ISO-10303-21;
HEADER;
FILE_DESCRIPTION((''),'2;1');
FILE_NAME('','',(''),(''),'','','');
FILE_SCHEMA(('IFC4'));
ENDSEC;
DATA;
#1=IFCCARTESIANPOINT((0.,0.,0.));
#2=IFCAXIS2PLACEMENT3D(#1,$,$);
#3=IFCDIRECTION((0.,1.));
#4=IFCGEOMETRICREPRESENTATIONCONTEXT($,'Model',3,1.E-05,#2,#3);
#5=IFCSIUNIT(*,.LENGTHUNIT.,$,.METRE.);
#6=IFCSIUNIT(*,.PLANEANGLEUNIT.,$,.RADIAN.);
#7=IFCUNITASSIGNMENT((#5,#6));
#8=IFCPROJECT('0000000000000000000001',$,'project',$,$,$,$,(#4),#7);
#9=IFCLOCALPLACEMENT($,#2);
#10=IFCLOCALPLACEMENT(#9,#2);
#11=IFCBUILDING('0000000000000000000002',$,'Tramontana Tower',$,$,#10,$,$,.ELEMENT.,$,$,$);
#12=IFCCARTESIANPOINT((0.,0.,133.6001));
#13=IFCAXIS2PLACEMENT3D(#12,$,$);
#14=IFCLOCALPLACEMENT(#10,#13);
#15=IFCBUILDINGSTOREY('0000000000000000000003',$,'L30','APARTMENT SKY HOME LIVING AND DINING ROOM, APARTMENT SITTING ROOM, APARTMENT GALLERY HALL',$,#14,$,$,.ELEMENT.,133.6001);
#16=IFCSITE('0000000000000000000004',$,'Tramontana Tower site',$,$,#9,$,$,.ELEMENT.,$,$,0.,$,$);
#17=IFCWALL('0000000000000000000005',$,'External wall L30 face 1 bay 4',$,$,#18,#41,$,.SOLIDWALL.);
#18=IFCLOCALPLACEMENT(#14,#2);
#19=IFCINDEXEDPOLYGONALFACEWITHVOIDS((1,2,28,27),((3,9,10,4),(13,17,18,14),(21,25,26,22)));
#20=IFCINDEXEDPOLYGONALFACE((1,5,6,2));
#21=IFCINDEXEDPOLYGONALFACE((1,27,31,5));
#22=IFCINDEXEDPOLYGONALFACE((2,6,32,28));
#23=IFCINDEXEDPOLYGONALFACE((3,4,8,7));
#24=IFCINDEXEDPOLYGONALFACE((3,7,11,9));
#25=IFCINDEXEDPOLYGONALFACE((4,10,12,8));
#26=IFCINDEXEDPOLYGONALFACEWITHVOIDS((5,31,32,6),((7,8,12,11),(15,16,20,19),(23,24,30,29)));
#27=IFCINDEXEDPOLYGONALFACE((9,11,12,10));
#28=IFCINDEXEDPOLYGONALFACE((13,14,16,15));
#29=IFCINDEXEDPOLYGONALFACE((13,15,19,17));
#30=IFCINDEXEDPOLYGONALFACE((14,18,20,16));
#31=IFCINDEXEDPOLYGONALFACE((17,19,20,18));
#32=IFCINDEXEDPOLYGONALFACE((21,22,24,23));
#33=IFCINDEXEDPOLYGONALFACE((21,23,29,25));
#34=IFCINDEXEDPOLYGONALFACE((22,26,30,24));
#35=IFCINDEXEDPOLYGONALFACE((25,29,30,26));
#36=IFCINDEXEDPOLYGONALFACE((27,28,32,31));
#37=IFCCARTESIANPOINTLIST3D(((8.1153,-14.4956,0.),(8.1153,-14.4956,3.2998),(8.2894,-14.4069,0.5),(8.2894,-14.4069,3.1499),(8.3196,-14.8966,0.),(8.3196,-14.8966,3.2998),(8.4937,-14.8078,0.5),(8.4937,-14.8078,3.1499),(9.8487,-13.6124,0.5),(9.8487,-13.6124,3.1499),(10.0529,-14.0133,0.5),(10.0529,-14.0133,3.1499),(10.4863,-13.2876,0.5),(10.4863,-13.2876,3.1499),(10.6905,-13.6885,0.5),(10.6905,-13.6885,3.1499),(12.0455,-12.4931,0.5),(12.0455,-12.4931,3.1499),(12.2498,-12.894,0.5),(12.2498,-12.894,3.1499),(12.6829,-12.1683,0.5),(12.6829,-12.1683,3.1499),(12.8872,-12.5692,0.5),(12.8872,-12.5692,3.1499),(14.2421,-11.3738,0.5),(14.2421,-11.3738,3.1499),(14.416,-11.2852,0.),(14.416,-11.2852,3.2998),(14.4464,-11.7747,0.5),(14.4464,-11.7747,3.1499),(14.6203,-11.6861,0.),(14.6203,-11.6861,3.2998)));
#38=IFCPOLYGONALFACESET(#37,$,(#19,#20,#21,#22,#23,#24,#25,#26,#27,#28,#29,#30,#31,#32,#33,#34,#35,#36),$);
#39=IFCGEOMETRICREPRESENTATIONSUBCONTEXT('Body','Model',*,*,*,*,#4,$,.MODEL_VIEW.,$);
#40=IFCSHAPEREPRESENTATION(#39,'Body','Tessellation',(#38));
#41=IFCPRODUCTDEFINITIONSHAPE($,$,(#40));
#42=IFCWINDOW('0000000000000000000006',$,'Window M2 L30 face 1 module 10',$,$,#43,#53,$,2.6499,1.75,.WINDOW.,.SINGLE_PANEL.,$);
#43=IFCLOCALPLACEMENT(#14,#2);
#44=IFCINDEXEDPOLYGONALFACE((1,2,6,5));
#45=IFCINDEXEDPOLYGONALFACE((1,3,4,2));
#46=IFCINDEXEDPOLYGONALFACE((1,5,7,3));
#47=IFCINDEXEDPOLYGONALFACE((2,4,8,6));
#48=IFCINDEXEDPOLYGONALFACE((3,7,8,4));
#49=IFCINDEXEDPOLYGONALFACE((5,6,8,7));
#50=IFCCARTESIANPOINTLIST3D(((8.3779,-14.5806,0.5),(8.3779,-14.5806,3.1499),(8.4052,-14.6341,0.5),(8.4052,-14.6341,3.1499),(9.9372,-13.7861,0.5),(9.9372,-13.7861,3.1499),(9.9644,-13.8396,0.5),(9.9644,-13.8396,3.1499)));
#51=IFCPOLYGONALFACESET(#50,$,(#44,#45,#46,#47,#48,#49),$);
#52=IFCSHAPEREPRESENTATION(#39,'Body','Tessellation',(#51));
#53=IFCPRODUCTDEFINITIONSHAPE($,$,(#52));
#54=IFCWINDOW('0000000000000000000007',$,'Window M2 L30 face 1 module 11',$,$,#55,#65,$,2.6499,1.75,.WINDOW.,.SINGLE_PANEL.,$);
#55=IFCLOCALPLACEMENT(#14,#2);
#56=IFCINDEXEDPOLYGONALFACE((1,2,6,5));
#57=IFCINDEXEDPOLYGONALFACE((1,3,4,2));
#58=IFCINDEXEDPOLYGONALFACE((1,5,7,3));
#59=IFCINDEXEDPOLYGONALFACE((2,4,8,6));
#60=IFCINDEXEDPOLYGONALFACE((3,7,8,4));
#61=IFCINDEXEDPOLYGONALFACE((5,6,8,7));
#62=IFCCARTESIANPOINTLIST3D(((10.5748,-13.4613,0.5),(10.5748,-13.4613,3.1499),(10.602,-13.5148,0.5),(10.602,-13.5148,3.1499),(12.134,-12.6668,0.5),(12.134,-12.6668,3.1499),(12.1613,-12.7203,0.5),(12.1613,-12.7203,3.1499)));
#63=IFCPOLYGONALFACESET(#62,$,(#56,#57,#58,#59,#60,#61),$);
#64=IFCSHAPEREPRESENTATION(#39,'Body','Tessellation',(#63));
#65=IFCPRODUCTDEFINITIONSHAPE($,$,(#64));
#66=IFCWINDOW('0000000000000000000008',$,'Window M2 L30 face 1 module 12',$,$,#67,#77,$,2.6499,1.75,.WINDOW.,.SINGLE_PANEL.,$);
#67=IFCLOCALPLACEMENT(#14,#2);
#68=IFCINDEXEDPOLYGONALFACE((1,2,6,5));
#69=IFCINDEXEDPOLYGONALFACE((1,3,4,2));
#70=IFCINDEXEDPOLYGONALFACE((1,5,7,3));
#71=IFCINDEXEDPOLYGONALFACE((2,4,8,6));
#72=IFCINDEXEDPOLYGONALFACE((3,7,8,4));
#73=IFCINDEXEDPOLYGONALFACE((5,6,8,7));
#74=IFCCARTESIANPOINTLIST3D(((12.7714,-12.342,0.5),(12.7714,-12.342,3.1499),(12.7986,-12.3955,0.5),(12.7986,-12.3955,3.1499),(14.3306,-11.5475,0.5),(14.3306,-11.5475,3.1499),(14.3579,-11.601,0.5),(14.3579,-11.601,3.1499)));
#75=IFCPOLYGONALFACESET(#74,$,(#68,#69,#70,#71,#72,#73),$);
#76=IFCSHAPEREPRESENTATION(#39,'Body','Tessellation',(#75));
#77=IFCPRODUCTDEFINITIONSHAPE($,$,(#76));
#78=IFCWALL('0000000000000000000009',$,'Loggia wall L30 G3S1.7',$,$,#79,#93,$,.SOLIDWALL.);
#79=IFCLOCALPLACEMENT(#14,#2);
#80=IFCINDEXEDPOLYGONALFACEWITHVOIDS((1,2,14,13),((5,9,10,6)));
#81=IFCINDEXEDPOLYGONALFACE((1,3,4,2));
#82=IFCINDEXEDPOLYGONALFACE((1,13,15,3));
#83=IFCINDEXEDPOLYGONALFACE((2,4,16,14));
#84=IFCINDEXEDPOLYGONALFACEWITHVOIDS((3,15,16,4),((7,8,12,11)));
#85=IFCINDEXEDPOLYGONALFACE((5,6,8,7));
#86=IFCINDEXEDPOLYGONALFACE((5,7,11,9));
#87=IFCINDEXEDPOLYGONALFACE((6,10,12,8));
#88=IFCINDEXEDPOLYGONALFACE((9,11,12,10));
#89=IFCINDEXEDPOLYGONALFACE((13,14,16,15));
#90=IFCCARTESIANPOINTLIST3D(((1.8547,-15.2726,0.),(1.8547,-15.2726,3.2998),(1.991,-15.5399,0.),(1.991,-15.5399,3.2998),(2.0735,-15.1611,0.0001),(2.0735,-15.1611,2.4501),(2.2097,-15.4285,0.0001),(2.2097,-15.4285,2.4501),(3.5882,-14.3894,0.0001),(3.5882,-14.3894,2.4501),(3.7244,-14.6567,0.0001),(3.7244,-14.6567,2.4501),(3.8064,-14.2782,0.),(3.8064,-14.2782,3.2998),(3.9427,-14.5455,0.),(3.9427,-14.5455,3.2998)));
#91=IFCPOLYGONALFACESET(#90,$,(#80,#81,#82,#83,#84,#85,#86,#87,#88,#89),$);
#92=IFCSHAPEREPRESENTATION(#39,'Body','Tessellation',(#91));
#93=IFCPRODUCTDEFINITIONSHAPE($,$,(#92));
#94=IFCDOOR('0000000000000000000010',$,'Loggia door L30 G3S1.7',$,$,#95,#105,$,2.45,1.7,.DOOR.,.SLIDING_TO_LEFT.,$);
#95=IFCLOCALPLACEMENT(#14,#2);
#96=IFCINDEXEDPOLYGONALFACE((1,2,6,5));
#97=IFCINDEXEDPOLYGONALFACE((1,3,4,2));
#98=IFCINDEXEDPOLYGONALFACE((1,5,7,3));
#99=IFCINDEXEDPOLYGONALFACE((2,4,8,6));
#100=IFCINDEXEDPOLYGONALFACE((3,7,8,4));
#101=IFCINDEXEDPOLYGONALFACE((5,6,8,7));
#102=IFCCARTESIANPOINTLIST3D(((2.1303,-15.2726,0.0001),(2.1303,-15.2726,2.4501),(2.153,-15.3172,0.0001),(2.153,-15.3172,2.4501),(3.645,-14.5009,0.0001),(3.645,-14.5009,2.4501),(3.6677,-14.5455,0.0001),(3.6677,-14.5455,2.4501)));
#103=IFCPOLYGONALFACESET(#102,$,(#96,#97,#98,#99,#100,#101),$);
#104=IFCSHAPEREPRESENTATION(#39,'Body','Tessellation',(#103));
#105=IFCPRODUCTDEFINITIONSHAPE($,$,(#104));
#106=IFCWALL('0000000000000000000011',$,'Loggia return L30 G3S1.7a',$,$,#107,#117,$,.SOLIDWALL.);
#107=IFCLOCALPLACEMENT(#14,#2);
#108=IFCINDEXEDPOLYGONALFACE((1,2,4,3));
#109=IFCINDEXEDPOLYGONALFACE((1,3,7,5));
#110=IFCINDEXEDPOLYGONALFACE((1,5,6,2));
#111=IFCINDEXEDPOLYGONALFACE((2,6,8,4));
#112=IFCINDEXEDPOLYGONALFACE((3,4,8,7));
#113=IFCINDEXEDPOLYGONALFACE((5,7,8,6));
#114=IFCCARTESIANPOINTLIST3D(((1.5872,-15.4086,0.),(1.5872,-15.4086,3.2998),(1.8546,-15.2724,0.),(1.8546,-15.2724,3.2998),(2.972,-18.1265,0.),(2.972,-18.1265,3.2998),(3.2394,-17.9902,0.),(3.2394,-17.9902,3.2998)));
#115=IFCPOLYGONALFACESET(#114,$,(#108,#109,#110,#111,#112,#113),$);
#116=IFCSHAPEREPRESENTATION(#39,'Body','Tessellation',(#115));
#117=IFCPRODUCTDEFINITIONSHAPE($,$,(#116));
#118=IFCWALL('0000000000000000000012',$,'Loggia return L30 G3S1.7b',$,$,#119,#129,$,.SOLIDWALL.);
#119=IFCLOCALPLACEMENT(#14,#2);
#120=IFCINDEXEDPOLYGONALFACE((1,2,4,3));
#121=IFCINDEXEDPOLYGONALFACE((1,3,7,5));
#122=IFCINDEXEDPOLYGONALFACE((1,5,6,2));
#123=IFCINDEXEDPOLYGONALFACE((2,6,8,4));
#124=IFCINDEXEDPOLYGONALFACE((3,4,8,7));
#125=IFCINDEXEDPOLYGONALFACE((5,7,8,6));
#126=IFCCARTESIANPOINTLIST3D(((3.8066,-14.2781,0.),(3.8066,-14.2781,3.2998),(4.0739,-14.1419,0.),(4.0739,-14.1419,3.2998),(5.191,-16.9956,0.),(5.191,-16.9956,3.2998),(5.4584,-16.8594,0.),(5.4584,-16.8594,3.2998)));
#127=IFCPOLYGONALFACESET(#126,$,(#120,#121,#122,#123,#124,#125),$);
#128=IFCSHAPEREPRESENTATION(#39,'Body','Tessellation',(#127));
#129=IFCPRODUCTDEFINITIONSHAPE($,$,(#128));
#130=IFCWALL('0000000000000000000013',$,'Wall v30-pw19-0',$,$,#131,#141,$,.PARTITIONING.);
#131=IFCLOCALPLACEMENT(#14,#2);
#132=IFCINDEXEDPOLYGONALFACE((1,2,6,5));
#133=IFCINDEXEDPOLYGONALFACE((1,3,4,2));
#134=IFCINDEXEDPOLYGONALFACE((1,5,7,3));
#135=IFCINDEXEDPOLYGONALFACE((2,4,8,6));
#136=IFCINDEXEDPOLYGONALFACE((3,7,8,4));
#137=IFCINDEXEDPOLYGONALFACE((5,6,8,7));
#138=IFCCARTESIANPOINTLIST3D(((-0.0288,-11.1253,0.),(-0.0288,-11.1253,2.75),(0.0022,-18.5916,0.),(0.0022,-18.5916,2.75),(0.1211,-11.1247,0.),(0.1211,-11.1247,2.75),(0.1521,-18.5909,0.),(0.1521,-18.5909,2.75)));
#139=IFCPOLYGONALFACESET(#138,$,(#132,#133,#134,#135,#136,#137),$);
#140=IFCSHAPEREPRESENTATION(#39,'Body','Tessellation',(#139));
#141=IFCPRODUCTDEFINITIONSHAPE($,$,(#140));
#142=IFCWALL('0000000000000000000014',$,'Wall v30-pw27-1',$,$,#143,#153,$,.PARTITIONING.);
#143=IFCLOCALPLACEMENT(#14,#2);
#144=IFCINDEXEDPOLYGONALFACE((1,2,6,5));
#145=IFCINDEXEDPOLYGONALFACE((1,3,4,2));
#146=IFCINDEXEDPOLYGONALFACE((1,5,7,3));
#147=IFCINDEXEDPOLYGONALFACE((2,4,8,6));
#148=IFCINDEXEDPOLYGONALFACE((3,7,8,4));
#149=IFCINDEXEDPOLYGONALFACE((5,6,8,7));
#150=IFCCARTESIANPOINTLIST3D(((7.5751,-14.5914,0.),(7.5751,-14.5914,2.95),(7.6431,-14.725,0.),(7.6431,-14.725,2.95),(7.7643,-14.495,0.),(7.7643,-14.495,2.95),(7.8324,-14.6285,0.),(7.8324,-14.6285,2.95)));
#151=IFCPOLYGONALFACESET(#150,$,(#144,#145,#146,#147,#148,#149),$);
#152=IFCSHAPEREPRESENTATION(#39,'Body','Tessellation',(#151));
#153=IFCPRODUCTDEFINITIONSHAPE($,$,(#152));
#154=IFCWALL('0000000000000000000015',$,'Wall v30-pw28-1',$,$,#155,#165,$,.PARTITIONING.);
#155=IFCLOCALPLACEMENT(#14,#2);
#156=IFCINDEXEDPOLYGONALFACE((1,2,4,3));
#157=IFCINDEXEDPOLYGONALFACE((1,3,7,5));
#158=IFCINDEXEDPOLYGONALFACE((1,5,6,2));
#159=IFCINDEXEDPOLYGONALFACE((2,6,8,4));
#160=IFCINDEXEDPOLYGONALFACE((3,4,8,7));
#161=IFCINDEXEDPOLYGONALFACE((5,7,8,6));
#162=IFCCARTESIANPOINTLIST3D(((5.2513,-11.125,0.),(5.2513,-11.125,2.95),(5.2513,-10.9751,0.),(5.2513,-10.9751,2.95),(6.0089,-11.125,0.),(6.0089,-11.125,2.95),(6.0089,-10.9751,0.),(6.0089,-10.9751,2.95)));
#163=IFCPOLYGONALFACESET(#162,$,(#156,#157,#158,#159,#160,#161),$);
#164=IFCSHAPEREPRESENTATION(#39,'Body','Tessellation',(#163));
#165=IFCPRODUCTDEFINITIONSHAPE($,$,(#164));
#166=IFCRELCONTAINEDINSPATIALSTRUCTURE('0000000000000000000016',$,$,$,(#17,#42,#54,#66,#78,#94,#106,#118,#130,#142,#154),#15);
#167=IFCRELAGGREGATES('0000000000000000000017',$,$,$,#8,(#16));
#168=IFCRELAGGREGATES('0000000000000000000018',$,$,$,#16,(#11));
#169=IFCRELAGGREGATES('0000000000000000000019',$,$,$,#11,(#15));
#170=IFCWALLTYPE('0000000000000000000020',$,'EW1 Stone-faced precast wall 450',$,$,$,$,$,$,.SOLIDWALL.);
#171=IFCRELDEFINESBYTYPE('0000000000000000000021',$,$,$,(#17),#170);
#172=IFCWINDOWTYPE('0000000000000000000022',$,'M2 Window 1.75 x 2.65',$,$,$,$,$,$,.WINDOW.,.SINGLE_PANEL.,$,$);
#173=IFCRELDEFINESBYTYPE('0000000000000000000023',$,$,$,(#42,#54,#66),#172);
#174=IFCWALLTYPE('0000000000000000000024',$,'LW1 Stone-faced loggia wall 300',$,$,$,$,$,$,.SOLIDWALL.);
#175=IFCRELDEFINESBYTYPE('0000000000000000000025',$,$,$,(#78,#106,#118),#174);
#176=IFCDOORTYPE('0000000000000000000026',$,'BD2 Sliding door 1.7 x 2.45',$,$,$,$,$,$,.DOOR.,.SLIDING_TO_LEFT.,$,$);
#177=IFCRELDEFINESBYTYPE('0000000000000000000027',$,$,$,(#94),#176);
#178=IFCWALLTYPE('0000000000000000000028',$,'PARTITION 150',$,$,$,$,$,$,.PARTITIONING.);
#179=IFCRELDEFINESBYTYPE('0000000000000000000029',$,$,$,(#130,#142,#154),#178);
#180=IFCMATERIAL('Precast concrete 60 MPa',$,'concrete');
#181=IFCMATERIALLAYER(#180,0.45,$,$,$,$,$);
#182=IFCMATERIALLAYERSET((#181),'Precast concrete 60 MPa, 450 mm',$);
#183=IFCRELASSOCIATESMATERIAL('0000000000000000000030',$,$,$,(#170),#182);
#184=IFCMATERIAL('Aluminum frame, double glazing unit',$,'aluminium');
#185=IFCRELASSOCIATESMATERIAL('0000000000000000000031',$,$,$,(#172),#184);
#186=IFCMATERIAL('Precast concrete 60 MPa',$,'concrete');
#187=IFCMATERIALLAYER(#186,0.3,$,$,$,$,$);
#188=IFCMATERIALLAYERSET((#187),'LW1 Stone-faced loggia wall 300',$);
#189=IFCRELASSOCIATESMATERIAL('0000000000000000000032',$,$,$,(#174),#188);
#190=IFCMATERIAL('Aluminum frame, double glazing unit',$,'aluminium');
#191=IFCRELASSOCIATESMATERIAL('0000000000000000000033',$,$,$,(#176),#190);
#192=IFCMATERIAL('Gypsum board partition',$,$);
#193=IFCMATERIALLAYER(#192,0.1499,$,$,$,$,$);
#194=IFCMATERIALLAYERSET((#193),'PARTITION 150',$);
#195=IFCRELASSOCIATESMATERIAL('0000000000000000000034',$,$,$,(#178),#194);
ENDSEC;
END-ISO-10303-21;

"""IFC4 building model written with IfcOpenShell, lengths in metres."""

from ifc_helpers import new_model, si_unit, direction, frame, frame_2d, origin, place, context, subcontext, project, spatial, rectangle, extrude, material, layer, layer_set, type_object, element, fill, save


model = new_model("IFC4")

# Units and contexts
model_context = context("Model", 3, precision=1e-05, world=origin(), true_north=direction((0.0, 1.0)))
body_context = subcontext(model_context, "Body", "Model", "MODEL_VIEW")
ifc_project = project(units=[si_unit("LENGTHUNIT", "METRE"), si_unit("PLANEANGLEUNIT", "RADIAN")], contexts=[model_context])

# Site, building, storey
site_placement = place(None, origin())
site = spatial("IfcSite", under=ifc_project, at=site_placement, Name="Tramontana Tower site", CompositionType="ELEMENT", RefElevation=0.0)
building_placement = place(site_placement, origin())
building = spatial("IfcBuilding", under=site, at=building_placement, Name="Tramontana Tower", CompositionType="ELEMENT")
storey_placement = place(building_placement, frame((0.0, 0.0, 133.6001)))
storey = spatial("IfcBuildingStorey", under=building, at=storey_placement, Name="L30", Description="APARTMENT SKY HOME LIVING AND DINING ROOM, APARTMENT SITTING ROOM, APARTMENT GALLERY HALL", CompositionType="ELEMENT", Elevation=133.6001)

# Shared definitions
ifc_material_1 = material(Name="Precast concrete 60 MPa", Category="concrete")
ifc_layer_1 = layer(ifc_material_1, 0.45)
ifc_layer_set_1 = layer_set([ifc_layer_1], Name="Precast concrete 60 MPa, 450 mm")
wall_type_1 = type_object("IfcWallType", Name="EW1 Stone-faced precast wall 450", PredefinedType="SOLIDWALL", material=ifc_layer_set_1)
ifc_material_2 = material(Name="Aluminum frame, double glazing unit", Category="aluminium")
window_type = type_object("IfcWindowType", Name="M2 Window 1.75 x 2.65", PartitioningType="SINGLE_PANEL", PredefinedType="WINDOW", material=ifc_material_2)

# Wall, openings, windows
wall_1_placement = place(storey_placement, frame((8.2175, -14.696, 0.0), z_axis=(0.0, 0.0, 1.0), x_axis=(0.891004, 0.453995, 0.0)))
wall_1 = element("IfcWall", 1, at=wall_1_placement, inside=storey, type_object=wall_type_1, Name="External wall L30 face 1 bay 4", PredefinedType="SOLIDWALL", context=body_context, shape_type="SweptSolid", body=[
    extrude(rectangle(XDim=7.0715, YDim=0.45, at=frame_2d((3.5356, 0.0))), origin(), (0.0, 0.0, 1.0), 3.2998),
])
opening_1_placement = place(wall_1_placement, frame((0.1953, 0.0, 0.5)))
opening_1 = element("IfcOpeningElement", 2, at=opening_1_placement, cuts=wall_1, PredefinedType="OPENING", context=body_context, shape_type="SweptSolid", body=[
    extrude(rectangle(XDim=1.75, YDim=2.6499, at=frame_2d((0.875, 1.325))), frame((0.0, 0.2349, 0.0), z_axis=(0.0, -1.0, 0.0), x_axis=(1.0, 0.0, 0.0)), (0.0, 0.0, 1.0), 0.47),
])
opening_2_placement = place(wall_1_placement, frame((2.6609, 0.0, 0.5)))
opening_2 = element("IfcOpeningElement", 3, at=opening_2_placement, cuts=wall_1, PredefinedType="OPENING", context=body_context, shape_type="SweptSolid", body=[
    extrude(rectangle(XDim=1.75, YDim=2.6499, at=frame_2d((0.875, 1.325))), frame((0.0, 0.2349, 0.0), z_axis=(0.0, -1.0, 0.0), x_axis=(1.0, 0.0, 0.0)), (0.0, 0.0, 1.0), 0.47),
])
opening_3_placement = place(wall_1_placement, frame((5.1262, 0.0, 0.5)))
opening_3 = element("IfcOpeningElement", 4, at=opening_3_placement, cuts=wall_1, PredefinedType="OPENING", context=body_context, shape_type="SweptSolid", body=[
    extrude(rectangle(XDim=1.75, YDim=2.6499, at=frame_2d((0.875, 1.325))), frame((0.0, 0.2349, 0.0), z_axis=(0.0, -1.0, 0.0), x_axis=(1.0, 0.0, 0.0)), (0.0, 0.0, 1.0), 0.47),
])
window_1_placement = place(opening_1_placement, origin())
window_1 = element("IfcWindow", 5, at=window_1_placement, inside=storey, type_object=window_type, Name="Window M2 L30 face 1 module 10", OverallHeight=2.6499, OverallWidth=1.75, PartitioningType="SINGLE_PANEL", PredefinedType="WINDOW", context=body_context, shape_type="SweptSolid", body=[
    extrude(rectangle(XDim=1.75, YDim=2.6499, at=frame_2d((0.875, 1.325))), frame((0.0, 0.03, 0.0), z_axis=(0.0, -1.0, 0.0), x_axis=(1.0, 0.0, 0.0)), (0.0, 0.0, 1.0), 0.0601),
])
fill(opening_1, window_1)
window_2_placement = place(opening_2_placement, origin())
window_2 = element("IfcWindow", 6, at=window_2_placement, inside=storey, type_object=window_type, Name="Window M2 L30 face 1 module 11", OverallHeight=2.6499, OverallWidth=1.75, PartitioningType="SINGLE_PANEL", PredefinedType="WINDOW", context=body_context, shape_type="SweptSolid", body=[
    extrude(rectangle(XDim=1.75, YDim=2.6499, at=frame_2d((0.875, 1.325))), frame((0.0, 0.03, 0.0), z_axis=(0.0, -1.0, 0.0), x_axis=(1.0, 0.0, 0.0)), (0.0, 0.0, 1.0), 0.0601),
])
fill(opening_2, window_2)
window_3_placement = place(opening_3_placement, origin())
window_3 = element("IfcWindow", 7, at=window_3_placement, inside=storey, type_object=window_type, Name="Window M2 L30 face 1 module 12", OverallHeight=2.6499, OverallWidth=1.75, PartitioningType="SINGLE_PANEL", PredefinedType="WINDOW", context=body_context, shape_type="SweptSolid", body=[
    extrude(rectangle(XDim=1.75, YDim=2.6499, at=frame_2d((0.875, 1.325))), frame((0.0, 0.03, 0.0), z_axis=(0.0, -1.0, 0.0), x_axis=(1.0, 0.0, 0.0)), (0.0, 0.0, 1.0), 0.0601),
])
fill(opening_3, window_3)

# Wall, opening, door
ifc_material_3 = material(Name="Precast concrete 60 MPa", Category="concrete")
ifc_layer_2 = layer(ifc_material_3, 0.3)
ifc_layer_set_2 = layer_set([ifc_layer_2], Name="LW1 Stone-faced loggia wall 300")
wall_type_2 = type_object("IfcWallType", Name="LW1 Stone-faced loggia wall 300", PredefinedType="SOLIDWALL", material=ifc_layer_set_2)
wall_2_placement = place(storey_placement, frame((1.9229, -15.4062, 0.0), z_axis=(0.0, 0.0, 1.0), x_axis=(0.891013, 0.453978, 0.0)))
wall_2 = element("IfcWall", 8, at=wall_2_placement, inside=storey, type_object=wall_type_2, Name="Loggia wall L30 G3S1.7", PredefinedType="SOLIDWALL", context=body_context, shape_type="SweptSolid", body=[
    extrude(rectangle(XDim=2.1904, YDim=0.3, at=frame_2d((1.0952, 0.0))), origin(), (0.0, 0.0, 1.0), 3.2998),
])
opening_4_placement = place(wall_2_placement, frame((0.2454, 0.0, 0.0)))
opening_4 = element("IfcOpeningElement", 9, at=opening_4_placement, cuts=wall_2, PredefinedType="OPENING", context=body_context, shape_type="SweptSolid", body=[
    extrude(rectangle(XDim=1.7, YDim=2.45, at=frame_2d((0.8501, 1.2251))), frame((0.0, 0.1599, 0.0), z_axis=(0.0, -1.0, 0.0), x_axis=(1.0, 0.0, 0.0)), (0.0, 0.0, 1.0), 0.3201),
])
ifc_material_4 = material(Name="Aluminum frame, double glazing unit", Category="aluminium")
door_type_1 = type_object("IfcDoorType", Name="BD2 Sliding door 1.7 x 2.45", OperationType="SLIDING_TO_LEFT", PredefinedType="DOOR", material=ifc_material_4)
door_1_placement = place(opening_4_placement, origin())
door_1 = element("IfcDoor", 10, at=door_1_placement, inside=storey, type_object=door_type_1, Name="Loggia door L30 G3S1.7", OperationType="SLIDING_TO_LEFT", OverallHeight=2.45, OverallWidth=1.7, PredefinedType="DOOR", context=body_context, shape_type="SweptSolid", body=[
    extrude(rectangle(XDim=1.7, YDim=2.45, at=frame_2d((0.8501, 1.2251))), frame((0.0, 0.0249, 0.0), z_axis=(0.0, -1.0, 0.0), x_axis=(1.0, 0.0, 0.0)), (0.0, 0.0, 1.0), 0.05),
])
fill(opening_4, door_1)

# Walls
wall_3_placement = place(storey_placement, frame((3.1057, -18.0583, 0.0), z_axis=(0.0, 0.0, 1.0), x_axis=(-0.453988, 0.891008, 0.0)))
element("IfcWall", 11, at=wall_3_placement, inside=storey, type_object=wall_type_2, Name="Loggia return L30 G3S1.7a", PredefinedType="SOLIDWALL", context=body_context, shape_type="SweptSolid", body=[
    extrude(rectangle(XDim=3.0503, YDim=0.3, at=frame_2d((1.5251, 0.0))), origin(), (0.0, 0.0, 1.0), 3.2998),
])
wall_4_placement = place(storey_placement, frame((5.3247, -16.9275, 0.0), z_axis=(0.0, 0.0, 1.0), x_axis=(-0.453957, 0.891024, 0.0)))
element("IfcWall", 12, at=wall_4_placement, inside=storey, type_object=wall_type_2, Name="Loggia return L30 G3S1.7b", PredefinedType="SOLIDWALL", context=body_context, shape_type="SweptSolid", body=[
    extrude(rectangle(XDim=3.0498, YDim=0.3, at=frame_2d((1.5249, 0.0))), origin(), (0.0, 0.0, 1.0), 3.2998),
])
ifc_material_5 = material(Name="Gypsum board partition")
ifc_layer_3 = layer(ifc_material_5, 0.1499)
ifc_layer_set_3 = layer_set([ifc_layer_3], Name="PARTITION 150")
wall_type_3 = type_object("IfcWallType", Name="PARTITION 150", PredefinedType="PARTITIONING", material=ifc_layer_set_3)
wall_5_placement = place(storey_placement, frame((0.0461, -11.125, 0.0), z_axis=(0.0, 0.0, 1.0), x_axis=(0.004153, -0.999991, 0.0)))
element("IfcWall", 13, at=wall_5_placement, inside=storey, type_object=wall_type_3, Name="Wall v30-pw19-0", PredefinedType="PARTITIONING", context=body_context, shape_type="SweptSolid", body=[
    extrude(rectangle(XDim=7.4663, YDim=0.1499, at=frame_2d((3.7332, 0.0))), origin(), (0.0, 0.0, 1.0), 2.75),
])
wall_6_placement = place(storey_placement, frame((7.7983, -14.5618, 0.0), z_axis=(0.0, 0.0, 1.0), x_axis=(-0.890952, -0.454098, 0.0)))
element("IfcWall", 14, at=wall_6_placement, inside=storey, type_object=wall_type_3, Name="Wall v30-pw27-1", PredefinedType="PARTITIONING", context=body_context, shape_type="SweptSolid", body=[
    extrude(rectangle(XDim=0.2124, YDim=0.1499, at=frame_2d((0.1062, 0.0))), origin(), (0.0, 0.0, 1.0), 2.95),
])
wall_7_placement = place(storey_placement, frame((6.009, -11.05, 0.0), z_axis=(0.0, 0.0, 1.0), x_axis=(-1.0, 0.0, 0.0)))
element("IfcWall", 15, at=wall_7_placement, inside=storey, type_object=wall_type_3, Name="Wall v30-pw28-1", PredefinedType="PARTITIONING", context=body_context, shape_type="SweptSolid", body=[
    extrude(rectangle(XDim=0.7576, YDim=0.1499, at=frame_2d((0.3789, 0.0))), origin(), (0.0, 0.0, 1.0), 2.95),
])

save(model, "model.ifc")
